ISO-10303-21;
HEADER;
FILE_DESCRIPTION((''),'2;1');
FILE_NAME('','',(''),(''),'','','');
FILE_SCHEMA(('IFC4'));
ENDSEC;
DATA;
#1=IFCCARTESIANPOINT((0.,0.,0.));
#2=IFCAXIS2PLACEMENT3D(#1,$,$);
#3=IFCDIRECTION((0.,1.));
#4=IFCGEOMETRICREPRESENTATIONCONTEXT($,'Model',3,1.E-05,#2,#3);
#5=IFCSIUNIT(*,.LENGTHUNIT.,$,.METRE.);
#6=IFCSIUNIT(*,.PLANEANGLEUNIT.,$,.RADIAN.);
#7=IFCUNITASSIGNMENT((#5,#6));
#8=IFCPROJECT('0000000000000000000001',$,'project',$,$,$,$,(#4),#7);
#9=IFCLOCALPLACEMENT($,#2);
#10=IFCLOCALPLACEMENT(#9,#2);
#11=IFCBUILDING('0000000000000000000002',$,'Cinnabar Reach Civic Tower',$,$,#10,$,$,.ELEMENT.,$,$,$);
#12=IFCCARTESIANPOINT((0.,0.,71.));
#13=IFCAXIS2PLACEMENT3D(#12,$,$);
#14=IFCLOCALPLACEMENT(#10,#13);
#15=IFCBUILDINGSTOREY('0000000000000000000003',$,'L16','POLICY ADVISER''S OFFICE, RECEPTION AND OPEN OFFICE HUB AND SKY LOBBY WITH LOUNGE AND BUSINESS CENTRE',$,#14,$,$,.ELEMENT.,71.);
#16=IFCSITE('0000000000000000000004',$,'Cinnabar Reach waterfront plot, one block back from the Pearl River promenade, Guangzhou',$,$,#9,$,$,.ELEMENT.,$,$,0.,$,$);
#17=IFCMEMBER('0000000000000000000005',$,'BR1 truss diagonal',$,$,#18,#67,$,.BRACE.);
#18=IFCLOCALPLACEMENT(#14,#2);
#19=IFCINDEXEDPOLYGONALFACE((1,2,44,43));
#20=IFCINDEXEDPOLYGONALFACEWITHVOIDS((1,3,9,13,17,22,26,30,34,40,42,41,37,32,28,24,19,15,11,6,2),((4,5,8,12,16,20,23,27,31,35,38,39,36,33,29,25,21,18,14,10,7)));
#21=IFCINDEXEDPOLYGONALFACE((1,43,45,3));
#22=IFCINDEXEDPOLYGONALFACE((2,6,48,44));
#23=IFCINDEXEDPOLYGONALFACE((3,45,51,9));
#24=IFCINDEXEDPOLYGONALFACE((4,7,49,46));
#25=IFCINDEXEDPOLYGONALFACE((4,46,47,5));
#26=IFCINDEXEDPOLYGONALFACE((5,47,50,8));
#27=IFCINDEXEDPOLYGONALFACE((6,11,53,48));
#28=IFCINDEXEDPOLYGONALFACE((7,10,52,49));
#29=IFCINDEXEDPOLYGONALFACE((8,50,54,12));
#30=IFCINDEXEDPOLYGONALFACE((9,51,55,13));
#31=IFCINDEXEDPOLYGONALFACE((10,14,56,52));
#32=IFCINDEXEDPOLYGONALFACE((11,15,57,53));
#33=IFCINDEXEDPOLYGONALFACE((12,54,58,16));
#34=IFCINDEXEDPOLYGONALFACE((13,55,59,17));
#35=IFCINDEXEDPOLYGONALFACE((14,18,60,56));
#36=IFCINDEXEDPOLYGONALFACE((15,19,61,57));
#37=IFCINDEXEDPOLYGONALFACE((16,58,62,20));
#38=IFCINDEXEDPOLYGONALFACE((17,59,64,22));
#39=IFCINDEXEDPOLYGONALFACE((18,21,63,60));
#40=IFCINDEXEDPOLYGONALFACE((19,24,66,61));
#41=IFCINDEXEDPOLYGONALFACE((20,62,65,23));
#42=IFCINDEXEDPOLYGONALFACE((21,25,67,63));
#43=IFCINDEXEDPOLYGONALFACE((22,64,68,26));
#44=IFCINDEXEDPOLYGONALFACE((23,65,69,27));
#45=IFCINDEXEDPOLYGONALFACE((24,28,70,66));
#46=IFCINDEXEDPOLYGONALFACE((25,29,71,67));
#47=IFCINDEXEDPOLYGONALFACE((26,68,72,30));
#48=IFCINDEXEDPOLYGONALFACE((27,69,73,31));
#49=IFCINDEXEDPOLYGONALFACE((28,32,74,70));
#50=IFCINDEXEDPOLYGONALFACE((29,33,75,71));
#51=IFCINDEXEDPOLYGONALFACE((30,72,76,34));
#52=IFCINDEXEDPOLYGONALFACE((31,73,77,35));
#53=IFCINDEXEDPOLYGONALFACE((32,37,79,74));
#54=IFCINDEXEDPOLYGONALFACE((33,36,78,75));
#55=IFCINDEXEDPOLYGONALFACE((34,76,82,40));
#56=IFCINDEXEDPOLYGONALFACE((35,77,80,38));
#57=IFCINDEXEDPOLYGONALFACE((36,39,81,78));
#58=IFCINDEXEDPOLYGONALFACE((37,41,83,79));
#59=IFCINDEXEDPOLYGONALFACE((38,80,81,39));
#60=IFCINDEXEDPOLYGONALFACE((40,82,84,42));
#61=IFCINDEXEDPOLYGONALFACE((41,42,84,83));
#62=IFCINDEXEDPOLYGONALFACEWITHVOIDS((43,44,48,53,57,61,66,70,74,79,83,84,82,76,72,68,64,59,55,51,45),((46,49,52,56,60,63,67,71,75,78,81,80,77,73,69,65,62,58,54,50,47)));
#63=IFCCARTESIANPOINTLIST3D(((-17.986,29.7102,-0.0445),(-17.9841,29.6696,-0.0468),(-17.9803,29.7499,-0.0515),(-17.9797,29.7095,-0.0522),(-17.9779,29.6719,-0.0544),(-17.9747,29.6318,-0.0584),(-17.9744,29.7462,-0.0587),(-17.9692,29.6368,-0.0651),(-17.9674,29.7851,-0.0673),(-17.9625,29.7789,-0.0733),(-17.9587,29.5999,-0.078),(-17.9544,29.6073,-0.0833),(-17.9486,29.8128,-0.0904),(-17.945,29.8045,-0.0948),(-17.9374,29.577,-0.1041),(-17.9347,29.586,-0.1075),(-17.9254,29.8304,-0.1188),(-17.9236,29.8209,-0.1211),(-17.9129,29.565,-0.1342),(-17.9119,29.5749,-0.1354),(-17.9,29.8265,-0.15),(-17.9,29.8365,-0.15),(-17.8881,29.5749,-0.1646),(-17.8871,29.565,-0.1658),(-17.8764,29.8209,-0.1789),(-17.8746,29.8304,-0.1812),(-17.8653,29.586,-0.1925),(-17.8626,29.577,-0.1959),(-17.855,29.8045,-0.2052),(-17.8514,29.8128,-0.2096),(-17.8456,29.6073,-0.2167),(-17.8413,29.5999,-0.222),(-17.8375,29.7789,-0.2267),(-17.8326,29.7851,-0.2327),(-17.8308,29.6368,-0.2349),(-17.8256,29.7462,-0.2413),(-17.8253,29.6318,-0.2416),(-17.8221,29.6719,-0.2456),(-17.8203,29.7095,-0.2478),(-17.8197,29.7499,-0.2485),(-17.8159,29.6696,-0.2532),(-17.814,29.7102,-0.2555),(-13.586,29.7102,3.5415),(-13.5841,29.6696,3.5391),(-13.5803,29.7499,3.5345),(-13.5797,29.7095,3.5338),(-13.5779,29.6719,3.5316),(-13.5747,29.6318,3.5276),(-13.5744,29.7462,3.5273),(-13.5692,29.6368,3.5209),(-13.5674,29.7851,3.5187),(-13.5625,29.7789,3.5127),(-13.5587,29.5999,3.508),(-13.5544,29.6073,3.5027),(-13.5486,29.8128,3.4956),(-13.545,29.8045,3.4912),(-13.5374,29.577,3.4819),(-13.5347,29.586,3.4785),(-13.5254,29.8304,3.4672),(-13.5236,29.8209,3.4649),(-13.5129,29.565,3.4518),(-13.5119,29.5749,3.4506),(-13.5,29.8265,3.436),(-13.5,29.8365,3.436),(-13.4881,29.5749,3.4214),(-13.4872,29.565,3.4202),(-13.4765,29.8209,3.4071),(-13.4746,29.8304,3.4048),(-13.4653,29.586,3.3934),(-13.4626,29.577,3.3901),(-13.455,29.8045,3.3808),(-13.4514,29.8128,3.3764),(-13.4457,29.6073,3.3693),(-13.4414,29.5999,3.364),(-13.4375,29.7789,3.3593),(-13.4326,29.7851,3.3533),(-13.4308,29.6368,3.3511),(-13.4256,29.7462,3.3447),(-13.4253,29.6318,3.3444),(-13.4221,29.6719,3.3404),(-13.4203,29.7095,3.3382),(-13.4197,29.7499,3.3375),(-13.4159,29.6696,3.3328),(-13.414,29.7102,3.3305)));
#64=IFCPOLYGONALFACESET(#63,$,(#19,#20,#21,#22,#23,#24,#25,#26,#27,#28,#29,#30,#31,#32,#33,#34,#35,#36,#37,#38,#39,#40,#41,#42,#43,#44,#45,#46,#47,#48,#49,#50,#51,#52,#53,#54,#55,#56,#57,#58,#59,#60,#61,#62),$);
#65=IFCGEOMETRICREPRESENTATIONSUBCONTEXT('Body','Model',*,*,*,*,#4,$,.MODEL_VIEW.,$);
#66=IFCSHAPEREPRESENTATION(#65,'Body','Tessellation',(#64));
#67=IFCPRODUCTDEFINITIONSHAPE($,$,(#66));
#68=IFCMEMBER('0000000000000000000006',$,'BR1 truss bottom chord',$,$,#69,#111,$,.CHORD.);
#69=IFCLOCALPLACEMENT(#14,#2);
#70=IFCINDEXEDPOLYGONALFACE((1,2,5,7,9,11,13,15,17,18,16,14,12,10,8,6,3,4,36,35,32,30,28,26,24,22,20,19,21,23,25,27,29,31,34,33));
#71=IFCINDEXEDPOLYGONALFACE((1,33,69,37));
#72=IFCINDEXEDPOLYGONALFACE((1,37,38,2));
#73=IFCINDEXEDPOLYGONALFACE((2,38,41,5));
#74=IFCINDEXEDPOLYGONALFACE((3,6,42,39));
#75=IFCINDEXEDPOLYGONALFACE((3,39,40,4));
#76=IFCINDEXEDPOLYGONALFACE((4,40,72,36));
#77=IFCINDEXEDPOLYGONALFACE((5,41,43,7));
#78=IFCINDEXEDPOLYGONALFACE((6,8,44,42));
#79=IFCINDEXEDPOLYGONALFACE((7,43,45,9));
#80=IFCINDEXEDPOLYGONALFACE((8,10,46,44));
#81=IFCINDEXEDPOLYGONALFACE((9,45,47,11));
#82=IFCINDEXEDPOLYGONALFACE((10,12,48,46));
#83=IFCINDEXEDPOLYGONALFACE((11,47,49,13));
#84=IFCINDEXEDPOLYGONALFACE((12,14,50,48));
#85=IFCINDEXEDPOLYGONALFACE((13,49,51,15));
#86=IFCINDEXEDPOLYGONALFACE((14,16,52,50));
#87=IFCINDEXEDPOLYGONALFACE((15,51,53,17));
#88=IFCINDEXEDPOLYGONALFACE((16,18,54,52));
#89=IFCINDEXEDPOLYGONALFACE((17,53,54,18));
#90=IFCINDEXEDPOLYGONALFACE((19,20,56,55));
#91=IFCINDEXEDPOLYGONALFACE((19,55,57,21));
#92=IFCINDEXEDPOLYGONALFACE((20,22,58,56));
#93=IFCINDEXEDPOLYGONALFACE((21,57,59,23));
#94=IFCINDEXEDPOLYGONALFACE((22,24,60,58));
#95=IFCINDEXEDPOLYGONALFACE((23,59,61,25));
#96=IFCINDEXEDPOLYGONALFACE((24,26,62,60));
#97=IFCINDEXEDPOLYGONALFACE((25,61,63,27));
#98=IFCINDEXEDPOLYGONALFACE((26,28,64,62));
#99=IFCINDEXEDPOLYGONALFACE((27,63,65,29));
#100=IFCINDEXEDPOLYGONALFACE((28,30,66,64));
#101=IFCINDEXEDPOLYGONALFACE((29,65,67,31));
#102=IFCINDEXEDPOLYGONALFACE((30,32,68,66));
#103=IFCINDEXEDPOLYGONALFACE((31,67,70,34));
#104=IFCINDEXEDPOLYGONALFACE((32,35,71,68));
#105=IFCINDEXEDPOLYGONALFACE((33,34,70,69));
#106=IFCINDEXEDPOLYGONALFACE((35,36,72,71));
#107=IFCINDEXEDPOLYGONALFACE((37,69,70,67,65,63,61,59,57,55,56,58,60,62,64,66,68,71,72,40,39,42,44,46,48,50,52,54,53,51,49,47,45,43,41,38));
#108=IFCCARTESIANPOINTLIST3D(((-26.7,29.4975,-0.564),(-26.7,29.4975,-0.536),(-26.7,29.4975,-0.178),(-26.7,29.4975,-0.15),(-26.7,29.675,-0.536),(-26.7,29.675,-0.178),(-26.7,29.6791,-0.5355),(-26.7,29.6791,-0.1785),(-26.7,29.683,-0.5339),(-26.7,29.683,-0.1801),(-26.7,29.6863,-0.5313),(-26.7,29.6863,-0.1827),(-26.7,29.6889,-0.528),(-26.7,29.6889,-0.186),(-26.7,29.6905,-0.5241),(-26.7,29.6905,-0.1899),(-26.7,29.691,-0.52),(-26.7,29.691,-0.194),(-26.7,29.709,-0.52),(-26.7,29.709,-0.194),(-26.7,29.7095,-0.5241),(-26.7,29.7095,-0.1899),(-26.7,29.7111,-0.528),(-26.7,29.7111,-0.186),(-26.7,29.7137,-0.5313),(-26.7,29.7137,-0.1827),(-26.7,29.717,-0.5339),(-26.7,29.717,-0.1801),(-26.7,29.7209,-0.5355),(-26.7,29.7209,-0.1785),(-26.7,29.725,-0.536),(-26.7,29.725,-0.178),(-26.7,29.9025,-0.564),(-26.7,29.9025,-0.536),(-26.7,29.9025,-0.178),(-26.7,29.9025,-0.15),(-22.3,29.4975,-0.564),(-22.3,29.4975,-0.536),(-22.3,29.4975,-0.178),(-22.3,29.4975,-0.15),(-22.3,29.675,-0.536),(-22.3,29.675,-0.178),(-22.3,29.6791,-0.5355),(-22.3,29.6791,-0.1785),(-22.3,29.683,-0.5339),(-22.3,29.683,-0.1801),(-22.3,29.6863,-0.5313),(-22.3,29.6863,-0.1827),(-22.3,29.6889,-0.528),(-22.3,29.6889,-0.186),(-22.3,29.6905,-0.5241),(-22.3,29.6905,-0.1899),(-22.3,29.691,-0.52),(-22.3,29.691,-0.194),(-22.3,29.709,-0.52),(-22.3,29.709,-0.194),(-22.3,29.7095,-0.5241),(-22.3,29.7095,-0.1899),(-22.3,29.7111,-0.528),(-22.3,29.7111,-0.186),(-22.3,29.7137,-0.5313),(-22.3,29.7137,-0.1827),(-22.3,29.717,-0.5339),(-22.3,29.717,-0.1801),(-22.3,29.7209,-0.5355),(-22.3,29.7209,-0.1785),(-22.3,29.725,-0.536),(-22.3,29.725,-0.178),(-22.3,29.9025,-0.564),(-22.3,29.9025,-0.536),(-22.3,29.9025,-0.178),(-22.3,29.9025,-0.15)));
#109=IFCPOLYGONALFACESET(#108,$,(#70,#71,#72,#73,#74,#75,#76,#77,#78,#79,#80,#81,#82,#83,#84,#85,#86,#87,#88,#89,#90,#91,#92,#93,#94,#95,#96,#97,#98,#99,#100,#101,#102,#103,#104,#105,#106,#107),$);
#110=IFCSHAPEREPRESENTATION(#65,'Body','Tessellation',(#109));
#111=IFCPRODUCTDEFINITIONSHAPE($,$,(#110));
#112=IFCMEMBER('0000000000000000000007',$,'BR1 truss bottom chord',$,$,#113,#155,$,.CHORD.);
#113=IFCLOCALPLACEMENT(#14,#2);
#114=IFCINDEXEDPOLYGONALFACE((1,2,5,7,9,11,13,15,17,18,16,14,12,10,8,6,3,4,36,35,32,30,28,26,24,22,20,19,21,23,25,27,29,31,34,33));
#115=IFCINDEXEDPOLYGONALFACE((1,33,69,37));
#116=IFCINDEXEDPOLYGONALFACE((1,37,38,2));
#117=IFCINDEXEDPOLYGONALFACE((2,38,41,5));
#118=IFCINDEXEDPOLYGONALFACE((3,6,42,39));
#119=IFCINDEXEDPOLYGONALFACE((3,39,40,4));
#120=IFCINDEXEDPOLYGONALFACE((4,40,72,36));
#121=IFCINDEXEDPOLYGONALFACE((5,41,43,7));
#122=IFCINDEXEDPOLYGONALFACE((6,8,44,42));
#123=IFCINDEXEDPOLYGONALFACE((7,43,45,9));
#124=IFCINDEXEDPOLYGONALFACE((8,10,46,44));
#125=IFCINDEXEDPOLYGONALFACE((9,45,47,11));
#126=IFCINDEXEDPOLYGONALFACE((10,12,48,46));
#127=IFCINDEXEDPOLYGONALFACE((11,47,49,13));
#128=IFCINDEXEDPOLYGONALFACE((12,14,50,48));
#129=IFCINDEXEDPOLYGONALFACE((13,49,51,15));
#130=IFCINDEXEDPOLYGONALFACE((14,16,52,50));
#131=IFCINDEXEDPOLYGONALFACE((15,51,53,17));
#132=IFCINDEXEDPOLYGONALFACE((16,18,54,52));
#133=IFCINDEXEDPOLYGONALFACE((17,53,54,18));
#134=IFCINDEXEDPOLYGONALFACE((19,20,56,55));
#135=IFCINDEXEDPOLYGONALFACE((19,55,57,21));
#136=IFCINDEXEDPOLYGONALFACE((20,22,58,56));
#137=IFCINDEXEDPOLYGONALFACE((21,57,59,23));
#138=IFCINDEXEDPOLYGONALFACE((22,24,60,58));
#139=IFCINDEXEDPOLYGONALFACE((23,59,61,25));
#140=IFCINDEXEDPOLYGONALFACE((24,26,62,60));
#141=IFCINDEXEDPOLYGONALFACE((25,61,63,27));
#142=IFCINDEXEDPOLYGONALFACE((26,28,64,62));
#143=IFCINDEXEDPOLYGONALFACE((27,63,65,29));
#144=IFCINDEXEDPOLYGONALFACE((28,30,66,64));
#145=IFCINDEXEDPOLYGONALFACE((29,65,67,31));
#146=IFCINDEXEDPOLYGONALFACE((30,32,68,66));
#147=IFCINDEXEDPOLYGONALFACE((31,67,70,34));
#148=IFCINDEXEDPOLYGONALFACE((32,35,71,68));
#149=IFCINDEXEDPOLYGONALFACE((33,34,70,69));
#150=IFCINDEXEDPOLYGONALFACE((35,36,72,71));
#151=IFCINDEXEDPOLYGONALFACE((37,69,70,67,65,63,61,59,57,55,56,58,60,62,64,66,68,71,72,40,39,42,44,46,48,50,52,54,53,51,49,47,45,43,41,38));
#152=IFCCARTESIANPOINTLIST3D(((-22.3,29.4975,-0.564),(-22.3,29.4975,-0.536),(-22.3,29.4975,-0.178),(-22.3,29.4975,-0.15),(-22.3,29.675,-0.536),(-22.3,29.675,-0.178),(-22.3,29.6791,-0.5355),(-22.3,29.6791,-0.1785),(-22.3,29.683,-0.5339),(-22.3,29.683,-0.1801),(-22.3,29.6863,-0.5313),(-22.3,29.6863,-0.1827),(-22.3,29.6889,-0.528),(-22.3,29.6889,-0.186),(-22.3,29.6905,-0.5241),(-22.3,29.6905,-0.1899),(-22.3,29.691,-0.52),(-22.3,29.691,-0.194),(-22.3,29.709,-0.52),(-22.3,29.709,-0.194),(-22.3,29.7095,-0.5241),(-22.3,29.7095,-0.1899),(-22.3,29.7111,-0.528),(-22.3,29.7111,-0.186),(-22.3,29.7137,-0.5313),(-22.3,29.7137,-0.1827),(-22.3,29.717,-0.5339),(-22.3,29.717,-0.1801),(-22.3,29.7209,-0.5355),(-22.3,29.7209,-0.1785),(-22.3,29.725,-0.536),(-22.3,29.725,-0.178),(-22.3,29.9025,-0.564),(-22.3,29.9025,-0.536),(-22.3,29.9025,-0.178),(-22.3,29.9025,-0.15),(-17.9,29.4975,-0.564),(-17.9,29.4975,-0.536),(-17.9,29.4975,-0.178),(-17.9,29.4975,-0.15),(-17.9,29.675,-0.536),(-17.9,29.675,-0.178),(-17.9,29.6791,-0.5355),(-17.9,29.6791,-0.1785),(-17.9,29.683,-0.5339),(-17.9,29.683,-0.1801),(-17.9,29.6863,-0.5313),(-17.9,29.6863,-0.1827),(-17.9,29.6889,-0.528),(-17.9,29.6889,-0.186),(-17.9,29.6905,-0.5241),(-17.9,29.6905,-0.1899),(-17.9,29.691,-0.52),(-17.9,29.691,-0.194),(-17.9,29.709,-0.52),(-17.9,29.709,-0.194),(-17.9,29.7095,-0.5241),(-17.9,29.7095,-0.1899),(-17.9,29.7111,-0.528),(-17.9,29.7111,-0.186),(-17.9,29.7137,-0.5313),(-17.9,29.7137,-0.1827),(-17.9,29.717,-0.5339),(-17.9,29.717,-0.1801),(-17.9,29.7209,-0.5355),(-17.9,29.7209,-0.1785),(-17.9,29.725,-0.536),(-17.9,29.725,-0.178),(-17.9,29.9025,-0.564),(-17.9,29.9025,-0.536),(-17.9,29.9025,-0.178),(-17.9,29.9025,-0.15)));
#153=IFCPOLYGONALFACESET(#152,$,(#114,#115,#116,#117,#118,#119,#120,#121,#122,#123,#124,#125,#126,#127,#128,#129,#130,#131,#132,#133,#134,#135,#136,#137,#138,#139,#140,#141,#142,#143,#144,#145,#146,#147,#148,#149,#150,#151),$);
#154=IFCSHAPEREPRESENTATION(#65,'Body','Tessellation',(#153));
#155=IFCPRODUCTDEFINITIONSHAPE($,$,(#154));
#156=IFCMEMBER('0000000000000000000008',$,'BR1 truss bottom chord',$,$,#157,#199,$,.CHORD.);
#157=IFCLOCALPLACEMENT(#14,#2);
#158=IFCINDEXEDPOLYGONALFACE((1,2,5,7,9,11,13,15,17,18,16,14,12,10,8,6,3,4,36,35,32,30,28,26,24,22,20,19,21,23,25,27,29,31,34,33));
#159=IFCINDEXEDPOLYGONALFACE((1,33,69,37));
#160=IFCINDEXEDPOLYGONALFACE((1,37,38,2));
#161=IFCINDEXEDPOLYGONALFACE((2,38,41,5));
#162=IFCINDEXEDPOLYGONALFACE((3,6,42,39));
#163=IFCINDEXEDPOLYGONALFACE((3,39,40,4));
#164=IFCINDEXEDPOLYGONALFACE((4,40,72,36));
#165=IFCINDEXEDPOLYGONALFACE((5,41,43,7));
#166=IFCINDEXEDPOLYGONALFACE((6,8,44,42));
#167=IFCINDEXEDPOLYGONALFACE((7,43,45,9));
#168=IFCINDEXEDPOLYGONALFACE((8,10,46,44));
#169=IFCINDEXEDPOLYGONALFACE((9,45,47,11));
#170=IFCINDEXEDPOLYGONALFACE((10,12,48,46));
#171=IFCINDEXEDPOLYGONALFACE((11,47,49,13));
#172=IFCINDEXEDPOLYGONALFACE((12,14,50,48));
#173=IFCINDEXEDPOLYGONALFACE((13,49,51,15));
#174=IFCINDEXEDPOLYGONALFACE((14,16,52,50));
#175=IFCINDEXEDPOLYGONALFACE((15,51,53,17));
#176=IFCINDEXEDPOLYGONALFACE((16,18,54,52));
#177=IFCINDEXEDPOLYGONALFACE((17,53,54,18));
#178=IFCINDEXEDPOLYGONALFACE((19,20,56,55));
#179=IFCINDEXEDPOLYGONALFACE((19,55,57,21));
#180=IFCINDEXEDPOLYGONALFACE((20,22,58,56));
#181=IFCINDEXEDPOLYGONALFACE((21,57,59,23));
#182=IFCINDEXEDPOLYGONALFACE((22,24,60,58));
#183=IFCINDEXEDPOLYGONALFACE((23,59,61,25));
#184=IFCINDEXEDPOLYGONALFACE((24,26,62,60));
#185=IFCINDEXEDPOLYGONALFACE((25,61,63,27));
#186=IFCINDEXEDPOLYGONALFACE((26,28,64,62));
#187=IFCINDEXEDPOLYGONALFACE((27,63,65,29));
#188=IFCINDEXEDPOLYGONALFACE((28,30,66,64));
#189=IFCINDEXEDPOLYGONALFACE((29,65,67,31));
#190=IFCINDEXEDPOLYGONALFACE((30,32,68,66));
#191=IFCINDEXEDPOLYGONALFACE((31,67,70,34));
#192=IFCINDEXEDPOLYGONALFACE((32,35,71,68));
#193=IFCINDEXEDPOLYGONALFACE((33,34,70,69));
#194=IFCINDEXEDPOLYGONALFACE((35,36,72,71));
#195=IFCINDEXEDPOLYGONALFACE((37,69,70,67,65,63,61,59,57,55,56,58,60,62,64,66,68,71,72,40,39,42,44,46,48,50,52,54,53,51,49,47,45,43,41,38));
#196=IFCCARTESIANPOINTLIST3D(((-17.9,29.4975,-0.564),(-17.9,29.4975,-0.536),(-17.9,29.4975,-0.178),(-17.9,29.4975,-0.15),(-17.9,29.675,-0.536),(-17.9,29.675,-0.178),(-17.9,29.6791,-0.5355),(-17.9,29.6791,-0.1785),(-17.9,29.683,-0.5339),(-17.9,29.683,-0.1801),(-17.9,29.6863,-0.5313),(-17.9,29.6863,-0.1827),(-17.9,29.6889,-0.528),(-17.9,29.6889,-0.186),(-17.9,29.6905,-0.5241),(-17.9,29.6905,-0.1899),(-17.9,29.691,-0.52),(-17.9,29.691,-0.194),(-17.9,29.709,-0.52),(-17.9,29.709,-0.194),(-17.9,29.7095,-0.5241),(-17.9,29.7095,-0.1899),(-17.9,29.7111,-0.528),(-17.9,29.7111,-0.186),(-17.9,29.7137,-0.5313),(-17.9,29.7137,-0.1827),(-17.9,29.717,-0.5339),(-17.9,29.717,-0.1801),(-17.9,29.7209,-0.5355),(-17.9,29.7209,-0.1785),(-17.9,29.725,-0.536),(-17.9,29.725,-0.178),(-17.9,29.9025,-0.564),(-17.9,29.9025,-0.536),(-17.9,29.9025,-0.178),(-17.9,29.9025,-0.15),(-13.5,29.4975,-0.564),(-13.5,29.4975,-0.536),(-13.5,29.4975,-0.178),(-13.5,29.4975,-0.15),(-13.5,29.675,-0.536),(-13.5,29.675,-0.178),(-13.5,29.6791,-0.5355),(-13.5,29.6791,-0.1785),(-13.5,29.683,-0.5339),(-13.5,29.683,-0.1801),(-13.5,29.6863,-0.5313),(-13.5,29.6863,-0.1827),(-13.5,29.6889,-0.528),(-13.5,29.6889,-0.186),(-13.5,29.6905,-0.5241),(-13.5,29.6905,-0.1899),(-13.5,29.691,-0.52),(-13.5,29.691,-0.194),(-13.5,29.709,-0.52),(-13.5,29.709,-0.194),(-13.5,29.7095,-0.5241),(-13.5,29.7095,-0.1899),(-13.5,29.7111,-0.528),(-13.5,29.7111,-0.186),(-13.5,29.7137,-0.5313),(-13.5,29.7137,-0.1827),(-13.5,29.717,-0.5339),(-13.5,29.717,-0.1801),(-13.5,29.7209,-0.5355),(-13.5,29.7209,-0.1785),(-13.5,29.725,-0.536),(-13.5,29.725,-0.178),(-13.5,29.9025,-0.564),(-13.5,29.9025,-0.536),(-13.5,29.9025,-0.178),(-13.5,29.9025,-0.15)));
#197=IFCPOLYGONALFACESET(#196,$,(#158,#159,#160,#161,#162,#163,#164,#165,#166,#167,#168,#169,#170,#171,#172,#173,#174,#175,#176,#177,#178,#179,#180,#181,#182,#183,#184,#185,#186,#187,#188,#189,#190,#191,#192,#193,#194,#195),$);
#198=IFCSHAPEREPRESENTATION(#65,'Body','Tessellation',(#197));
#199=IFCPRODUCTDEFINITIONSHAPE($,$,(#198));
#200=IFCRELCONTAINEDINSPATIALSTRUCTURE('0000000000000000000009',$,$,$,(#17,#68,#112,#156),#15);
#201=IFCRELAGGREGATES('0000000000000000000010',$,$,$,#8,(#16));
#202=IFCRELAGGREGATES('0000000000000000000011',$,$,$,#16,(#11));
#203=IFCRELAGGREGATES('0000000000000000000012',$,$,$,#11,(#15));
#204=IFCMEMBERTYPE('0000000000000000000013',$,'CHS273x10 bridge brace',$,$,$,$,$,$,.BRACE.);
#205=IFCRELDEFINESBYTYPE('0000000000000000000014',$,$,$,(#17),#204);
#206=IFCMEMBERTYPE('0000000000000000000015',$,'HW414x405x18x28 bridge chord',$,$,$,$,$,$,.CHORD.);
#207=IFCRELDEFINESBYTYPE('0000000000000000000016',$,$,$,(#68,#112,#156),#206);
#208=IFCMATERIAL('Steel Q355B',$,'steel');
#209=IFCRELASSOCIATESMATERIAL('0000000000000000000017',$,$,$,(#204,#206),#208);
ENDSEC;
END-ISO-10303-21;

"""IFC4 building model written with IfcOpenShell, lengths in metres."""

from ifc_helpers import new_model, si_unit, direction, frame, origin, origin_2d, place, context, subcontext, project, spatial, hollow_circle, i_section, extrude, material, material_profile, profile_set, type_object, element, save


model = new_model("IFC4")

# Units and contexts
model_context = context("Model", 3, precision=1e-05, world=origin(), true_north=direction((0.0, 1.0)))
body_context = subcontext(model_context, "Body", "Model", "MODEL_VIEW")
ifc_project = project(units=[si_unit("LENGTHUNIT", "METRE"), si_unit("PLANEANGLEUNIT", "RADIAN")], contexts=[model_context])

# Site, building, storey
site_placement = place(None, origin())
site = spatial("IfcSite", under=ifc_project, at=site_placement, Name="Cinnabar Reach waterfront plot, one block back from the Pearl River promenade, Guangzhou", CompositionType="ELEMENT", RefElevation=0.0)
building_placement = place(site_placement, origin())
building = spatial("IfcBuilding", under=site, at=building_placement, Name="Cinnabar Reach Civic Tower", CompositionType="ELEMENT")
storey_placement = place(building_placement, frame((0.0, 0.0, 71.0)))
storey = spatial("IfcBuildingStorey", under=building, at=storey_placement, Name="L16", Description="POLICY ADVISER'S OFFICE, RECEPTION AND OPEN OFFICE HUB AND SKY LOBBY WITH LOUNGE AND BUSINESS CENTRE", CompositionType="ELEMENT", Elevation=71.0)

# Members
ifc_material_1 = material(Name="Steel Q355B", Category="steel")
ifc_material_profile_1 = material_profile(ifc_material_1, hollow_circle(Radius=0.1365, WallThickness=0.01, at=origin_2d()), Name="CHS273x10")
ifc_profile_set_1 = profile_set([ifc_material_profile_1], Name="Steel Q355B")
member_type_1 = type_object("IfcMemberType", Name="CHS273x10 bridge brace", PredefinedType="BRACE", material=ifc_profile_set_1)
for number, where, z_axis, x_axis, name in (
    (1, (-17.9, 29.7, -0.15), (0.775165, 0.0, 0.631759), (0.0, 1.0, 0.0), "BR1 truss diagonal"),
):
    element("IfcMember", number, at=place(storey_placement, frame(where, z_axis=z_axis, x_axis=x_axis)), inside=storey, type_object=member_type_1, Name=name, PredefinedType="BRACE", context=body_context, shape_type="SweptSolid", body=[
        extrude(hollow_circle(Radius=0.1365, WallThickness=0.01, at=origin_2d()), origin(), (0.0, 0.0, 1.0), 5.6762),
    ])
ifc_material_profile_2 = material_profile(ifc_material_1, i_section(OverallWidth=0.405, OverallDepth=0.414, WebThickness=0.018, FlangeThickness=0.028, FilletRadius=0.016, at=origin_2d()), Name="HW414x405x18x28")
ifc_profile_set_2 = profile_set([ifc_material_profile_2], Name="Steel Q355B")
member_type_2 = type_object("IfcMemberType", Name="HW414x405x18x28 bridge chord", PredefinedType="CHORD", material=ifc_profile_set_2)
for number, where, z_axis, x_axis, name in (
    (2, (-26.7, 29.7, -0.357), (1.0, 0.0, 0.0), (0.0, 1.0, 0.0), "BR1 truss bottom chord"),
    (3, (-22.3, 29.7, -0.357), (1.0, 0.0, 0.0), (0.0, 1.0, 0.0), "BR1 truss bottom chord"),
    (4, (-17.9, 29.7, -0.357), (1.0, 0.0, 0.0), (0.0, 1.0, 0.0), "BR1 truss bottom chord"),
):
    element("IfcMember", number, at=place(storey_placement, frame(where, z_axis=z_axis, x_axis=x_axis)), inside=storey, type_object=member_type_2, Name=name, PredefinedType="CHORD", context=body_context, shape_type="SweptSolid", body=[
        extrude(i_section(OverallWidth=0.405, OverallDepth=0.414, WebThickness=0.018, FlangeThickness=0.028, FilletRadius=0.016, at=origin_2d()), origin(), (0.0, 0.0, 1.0), 4.4),
    ])

save(model, "model.ifc")
